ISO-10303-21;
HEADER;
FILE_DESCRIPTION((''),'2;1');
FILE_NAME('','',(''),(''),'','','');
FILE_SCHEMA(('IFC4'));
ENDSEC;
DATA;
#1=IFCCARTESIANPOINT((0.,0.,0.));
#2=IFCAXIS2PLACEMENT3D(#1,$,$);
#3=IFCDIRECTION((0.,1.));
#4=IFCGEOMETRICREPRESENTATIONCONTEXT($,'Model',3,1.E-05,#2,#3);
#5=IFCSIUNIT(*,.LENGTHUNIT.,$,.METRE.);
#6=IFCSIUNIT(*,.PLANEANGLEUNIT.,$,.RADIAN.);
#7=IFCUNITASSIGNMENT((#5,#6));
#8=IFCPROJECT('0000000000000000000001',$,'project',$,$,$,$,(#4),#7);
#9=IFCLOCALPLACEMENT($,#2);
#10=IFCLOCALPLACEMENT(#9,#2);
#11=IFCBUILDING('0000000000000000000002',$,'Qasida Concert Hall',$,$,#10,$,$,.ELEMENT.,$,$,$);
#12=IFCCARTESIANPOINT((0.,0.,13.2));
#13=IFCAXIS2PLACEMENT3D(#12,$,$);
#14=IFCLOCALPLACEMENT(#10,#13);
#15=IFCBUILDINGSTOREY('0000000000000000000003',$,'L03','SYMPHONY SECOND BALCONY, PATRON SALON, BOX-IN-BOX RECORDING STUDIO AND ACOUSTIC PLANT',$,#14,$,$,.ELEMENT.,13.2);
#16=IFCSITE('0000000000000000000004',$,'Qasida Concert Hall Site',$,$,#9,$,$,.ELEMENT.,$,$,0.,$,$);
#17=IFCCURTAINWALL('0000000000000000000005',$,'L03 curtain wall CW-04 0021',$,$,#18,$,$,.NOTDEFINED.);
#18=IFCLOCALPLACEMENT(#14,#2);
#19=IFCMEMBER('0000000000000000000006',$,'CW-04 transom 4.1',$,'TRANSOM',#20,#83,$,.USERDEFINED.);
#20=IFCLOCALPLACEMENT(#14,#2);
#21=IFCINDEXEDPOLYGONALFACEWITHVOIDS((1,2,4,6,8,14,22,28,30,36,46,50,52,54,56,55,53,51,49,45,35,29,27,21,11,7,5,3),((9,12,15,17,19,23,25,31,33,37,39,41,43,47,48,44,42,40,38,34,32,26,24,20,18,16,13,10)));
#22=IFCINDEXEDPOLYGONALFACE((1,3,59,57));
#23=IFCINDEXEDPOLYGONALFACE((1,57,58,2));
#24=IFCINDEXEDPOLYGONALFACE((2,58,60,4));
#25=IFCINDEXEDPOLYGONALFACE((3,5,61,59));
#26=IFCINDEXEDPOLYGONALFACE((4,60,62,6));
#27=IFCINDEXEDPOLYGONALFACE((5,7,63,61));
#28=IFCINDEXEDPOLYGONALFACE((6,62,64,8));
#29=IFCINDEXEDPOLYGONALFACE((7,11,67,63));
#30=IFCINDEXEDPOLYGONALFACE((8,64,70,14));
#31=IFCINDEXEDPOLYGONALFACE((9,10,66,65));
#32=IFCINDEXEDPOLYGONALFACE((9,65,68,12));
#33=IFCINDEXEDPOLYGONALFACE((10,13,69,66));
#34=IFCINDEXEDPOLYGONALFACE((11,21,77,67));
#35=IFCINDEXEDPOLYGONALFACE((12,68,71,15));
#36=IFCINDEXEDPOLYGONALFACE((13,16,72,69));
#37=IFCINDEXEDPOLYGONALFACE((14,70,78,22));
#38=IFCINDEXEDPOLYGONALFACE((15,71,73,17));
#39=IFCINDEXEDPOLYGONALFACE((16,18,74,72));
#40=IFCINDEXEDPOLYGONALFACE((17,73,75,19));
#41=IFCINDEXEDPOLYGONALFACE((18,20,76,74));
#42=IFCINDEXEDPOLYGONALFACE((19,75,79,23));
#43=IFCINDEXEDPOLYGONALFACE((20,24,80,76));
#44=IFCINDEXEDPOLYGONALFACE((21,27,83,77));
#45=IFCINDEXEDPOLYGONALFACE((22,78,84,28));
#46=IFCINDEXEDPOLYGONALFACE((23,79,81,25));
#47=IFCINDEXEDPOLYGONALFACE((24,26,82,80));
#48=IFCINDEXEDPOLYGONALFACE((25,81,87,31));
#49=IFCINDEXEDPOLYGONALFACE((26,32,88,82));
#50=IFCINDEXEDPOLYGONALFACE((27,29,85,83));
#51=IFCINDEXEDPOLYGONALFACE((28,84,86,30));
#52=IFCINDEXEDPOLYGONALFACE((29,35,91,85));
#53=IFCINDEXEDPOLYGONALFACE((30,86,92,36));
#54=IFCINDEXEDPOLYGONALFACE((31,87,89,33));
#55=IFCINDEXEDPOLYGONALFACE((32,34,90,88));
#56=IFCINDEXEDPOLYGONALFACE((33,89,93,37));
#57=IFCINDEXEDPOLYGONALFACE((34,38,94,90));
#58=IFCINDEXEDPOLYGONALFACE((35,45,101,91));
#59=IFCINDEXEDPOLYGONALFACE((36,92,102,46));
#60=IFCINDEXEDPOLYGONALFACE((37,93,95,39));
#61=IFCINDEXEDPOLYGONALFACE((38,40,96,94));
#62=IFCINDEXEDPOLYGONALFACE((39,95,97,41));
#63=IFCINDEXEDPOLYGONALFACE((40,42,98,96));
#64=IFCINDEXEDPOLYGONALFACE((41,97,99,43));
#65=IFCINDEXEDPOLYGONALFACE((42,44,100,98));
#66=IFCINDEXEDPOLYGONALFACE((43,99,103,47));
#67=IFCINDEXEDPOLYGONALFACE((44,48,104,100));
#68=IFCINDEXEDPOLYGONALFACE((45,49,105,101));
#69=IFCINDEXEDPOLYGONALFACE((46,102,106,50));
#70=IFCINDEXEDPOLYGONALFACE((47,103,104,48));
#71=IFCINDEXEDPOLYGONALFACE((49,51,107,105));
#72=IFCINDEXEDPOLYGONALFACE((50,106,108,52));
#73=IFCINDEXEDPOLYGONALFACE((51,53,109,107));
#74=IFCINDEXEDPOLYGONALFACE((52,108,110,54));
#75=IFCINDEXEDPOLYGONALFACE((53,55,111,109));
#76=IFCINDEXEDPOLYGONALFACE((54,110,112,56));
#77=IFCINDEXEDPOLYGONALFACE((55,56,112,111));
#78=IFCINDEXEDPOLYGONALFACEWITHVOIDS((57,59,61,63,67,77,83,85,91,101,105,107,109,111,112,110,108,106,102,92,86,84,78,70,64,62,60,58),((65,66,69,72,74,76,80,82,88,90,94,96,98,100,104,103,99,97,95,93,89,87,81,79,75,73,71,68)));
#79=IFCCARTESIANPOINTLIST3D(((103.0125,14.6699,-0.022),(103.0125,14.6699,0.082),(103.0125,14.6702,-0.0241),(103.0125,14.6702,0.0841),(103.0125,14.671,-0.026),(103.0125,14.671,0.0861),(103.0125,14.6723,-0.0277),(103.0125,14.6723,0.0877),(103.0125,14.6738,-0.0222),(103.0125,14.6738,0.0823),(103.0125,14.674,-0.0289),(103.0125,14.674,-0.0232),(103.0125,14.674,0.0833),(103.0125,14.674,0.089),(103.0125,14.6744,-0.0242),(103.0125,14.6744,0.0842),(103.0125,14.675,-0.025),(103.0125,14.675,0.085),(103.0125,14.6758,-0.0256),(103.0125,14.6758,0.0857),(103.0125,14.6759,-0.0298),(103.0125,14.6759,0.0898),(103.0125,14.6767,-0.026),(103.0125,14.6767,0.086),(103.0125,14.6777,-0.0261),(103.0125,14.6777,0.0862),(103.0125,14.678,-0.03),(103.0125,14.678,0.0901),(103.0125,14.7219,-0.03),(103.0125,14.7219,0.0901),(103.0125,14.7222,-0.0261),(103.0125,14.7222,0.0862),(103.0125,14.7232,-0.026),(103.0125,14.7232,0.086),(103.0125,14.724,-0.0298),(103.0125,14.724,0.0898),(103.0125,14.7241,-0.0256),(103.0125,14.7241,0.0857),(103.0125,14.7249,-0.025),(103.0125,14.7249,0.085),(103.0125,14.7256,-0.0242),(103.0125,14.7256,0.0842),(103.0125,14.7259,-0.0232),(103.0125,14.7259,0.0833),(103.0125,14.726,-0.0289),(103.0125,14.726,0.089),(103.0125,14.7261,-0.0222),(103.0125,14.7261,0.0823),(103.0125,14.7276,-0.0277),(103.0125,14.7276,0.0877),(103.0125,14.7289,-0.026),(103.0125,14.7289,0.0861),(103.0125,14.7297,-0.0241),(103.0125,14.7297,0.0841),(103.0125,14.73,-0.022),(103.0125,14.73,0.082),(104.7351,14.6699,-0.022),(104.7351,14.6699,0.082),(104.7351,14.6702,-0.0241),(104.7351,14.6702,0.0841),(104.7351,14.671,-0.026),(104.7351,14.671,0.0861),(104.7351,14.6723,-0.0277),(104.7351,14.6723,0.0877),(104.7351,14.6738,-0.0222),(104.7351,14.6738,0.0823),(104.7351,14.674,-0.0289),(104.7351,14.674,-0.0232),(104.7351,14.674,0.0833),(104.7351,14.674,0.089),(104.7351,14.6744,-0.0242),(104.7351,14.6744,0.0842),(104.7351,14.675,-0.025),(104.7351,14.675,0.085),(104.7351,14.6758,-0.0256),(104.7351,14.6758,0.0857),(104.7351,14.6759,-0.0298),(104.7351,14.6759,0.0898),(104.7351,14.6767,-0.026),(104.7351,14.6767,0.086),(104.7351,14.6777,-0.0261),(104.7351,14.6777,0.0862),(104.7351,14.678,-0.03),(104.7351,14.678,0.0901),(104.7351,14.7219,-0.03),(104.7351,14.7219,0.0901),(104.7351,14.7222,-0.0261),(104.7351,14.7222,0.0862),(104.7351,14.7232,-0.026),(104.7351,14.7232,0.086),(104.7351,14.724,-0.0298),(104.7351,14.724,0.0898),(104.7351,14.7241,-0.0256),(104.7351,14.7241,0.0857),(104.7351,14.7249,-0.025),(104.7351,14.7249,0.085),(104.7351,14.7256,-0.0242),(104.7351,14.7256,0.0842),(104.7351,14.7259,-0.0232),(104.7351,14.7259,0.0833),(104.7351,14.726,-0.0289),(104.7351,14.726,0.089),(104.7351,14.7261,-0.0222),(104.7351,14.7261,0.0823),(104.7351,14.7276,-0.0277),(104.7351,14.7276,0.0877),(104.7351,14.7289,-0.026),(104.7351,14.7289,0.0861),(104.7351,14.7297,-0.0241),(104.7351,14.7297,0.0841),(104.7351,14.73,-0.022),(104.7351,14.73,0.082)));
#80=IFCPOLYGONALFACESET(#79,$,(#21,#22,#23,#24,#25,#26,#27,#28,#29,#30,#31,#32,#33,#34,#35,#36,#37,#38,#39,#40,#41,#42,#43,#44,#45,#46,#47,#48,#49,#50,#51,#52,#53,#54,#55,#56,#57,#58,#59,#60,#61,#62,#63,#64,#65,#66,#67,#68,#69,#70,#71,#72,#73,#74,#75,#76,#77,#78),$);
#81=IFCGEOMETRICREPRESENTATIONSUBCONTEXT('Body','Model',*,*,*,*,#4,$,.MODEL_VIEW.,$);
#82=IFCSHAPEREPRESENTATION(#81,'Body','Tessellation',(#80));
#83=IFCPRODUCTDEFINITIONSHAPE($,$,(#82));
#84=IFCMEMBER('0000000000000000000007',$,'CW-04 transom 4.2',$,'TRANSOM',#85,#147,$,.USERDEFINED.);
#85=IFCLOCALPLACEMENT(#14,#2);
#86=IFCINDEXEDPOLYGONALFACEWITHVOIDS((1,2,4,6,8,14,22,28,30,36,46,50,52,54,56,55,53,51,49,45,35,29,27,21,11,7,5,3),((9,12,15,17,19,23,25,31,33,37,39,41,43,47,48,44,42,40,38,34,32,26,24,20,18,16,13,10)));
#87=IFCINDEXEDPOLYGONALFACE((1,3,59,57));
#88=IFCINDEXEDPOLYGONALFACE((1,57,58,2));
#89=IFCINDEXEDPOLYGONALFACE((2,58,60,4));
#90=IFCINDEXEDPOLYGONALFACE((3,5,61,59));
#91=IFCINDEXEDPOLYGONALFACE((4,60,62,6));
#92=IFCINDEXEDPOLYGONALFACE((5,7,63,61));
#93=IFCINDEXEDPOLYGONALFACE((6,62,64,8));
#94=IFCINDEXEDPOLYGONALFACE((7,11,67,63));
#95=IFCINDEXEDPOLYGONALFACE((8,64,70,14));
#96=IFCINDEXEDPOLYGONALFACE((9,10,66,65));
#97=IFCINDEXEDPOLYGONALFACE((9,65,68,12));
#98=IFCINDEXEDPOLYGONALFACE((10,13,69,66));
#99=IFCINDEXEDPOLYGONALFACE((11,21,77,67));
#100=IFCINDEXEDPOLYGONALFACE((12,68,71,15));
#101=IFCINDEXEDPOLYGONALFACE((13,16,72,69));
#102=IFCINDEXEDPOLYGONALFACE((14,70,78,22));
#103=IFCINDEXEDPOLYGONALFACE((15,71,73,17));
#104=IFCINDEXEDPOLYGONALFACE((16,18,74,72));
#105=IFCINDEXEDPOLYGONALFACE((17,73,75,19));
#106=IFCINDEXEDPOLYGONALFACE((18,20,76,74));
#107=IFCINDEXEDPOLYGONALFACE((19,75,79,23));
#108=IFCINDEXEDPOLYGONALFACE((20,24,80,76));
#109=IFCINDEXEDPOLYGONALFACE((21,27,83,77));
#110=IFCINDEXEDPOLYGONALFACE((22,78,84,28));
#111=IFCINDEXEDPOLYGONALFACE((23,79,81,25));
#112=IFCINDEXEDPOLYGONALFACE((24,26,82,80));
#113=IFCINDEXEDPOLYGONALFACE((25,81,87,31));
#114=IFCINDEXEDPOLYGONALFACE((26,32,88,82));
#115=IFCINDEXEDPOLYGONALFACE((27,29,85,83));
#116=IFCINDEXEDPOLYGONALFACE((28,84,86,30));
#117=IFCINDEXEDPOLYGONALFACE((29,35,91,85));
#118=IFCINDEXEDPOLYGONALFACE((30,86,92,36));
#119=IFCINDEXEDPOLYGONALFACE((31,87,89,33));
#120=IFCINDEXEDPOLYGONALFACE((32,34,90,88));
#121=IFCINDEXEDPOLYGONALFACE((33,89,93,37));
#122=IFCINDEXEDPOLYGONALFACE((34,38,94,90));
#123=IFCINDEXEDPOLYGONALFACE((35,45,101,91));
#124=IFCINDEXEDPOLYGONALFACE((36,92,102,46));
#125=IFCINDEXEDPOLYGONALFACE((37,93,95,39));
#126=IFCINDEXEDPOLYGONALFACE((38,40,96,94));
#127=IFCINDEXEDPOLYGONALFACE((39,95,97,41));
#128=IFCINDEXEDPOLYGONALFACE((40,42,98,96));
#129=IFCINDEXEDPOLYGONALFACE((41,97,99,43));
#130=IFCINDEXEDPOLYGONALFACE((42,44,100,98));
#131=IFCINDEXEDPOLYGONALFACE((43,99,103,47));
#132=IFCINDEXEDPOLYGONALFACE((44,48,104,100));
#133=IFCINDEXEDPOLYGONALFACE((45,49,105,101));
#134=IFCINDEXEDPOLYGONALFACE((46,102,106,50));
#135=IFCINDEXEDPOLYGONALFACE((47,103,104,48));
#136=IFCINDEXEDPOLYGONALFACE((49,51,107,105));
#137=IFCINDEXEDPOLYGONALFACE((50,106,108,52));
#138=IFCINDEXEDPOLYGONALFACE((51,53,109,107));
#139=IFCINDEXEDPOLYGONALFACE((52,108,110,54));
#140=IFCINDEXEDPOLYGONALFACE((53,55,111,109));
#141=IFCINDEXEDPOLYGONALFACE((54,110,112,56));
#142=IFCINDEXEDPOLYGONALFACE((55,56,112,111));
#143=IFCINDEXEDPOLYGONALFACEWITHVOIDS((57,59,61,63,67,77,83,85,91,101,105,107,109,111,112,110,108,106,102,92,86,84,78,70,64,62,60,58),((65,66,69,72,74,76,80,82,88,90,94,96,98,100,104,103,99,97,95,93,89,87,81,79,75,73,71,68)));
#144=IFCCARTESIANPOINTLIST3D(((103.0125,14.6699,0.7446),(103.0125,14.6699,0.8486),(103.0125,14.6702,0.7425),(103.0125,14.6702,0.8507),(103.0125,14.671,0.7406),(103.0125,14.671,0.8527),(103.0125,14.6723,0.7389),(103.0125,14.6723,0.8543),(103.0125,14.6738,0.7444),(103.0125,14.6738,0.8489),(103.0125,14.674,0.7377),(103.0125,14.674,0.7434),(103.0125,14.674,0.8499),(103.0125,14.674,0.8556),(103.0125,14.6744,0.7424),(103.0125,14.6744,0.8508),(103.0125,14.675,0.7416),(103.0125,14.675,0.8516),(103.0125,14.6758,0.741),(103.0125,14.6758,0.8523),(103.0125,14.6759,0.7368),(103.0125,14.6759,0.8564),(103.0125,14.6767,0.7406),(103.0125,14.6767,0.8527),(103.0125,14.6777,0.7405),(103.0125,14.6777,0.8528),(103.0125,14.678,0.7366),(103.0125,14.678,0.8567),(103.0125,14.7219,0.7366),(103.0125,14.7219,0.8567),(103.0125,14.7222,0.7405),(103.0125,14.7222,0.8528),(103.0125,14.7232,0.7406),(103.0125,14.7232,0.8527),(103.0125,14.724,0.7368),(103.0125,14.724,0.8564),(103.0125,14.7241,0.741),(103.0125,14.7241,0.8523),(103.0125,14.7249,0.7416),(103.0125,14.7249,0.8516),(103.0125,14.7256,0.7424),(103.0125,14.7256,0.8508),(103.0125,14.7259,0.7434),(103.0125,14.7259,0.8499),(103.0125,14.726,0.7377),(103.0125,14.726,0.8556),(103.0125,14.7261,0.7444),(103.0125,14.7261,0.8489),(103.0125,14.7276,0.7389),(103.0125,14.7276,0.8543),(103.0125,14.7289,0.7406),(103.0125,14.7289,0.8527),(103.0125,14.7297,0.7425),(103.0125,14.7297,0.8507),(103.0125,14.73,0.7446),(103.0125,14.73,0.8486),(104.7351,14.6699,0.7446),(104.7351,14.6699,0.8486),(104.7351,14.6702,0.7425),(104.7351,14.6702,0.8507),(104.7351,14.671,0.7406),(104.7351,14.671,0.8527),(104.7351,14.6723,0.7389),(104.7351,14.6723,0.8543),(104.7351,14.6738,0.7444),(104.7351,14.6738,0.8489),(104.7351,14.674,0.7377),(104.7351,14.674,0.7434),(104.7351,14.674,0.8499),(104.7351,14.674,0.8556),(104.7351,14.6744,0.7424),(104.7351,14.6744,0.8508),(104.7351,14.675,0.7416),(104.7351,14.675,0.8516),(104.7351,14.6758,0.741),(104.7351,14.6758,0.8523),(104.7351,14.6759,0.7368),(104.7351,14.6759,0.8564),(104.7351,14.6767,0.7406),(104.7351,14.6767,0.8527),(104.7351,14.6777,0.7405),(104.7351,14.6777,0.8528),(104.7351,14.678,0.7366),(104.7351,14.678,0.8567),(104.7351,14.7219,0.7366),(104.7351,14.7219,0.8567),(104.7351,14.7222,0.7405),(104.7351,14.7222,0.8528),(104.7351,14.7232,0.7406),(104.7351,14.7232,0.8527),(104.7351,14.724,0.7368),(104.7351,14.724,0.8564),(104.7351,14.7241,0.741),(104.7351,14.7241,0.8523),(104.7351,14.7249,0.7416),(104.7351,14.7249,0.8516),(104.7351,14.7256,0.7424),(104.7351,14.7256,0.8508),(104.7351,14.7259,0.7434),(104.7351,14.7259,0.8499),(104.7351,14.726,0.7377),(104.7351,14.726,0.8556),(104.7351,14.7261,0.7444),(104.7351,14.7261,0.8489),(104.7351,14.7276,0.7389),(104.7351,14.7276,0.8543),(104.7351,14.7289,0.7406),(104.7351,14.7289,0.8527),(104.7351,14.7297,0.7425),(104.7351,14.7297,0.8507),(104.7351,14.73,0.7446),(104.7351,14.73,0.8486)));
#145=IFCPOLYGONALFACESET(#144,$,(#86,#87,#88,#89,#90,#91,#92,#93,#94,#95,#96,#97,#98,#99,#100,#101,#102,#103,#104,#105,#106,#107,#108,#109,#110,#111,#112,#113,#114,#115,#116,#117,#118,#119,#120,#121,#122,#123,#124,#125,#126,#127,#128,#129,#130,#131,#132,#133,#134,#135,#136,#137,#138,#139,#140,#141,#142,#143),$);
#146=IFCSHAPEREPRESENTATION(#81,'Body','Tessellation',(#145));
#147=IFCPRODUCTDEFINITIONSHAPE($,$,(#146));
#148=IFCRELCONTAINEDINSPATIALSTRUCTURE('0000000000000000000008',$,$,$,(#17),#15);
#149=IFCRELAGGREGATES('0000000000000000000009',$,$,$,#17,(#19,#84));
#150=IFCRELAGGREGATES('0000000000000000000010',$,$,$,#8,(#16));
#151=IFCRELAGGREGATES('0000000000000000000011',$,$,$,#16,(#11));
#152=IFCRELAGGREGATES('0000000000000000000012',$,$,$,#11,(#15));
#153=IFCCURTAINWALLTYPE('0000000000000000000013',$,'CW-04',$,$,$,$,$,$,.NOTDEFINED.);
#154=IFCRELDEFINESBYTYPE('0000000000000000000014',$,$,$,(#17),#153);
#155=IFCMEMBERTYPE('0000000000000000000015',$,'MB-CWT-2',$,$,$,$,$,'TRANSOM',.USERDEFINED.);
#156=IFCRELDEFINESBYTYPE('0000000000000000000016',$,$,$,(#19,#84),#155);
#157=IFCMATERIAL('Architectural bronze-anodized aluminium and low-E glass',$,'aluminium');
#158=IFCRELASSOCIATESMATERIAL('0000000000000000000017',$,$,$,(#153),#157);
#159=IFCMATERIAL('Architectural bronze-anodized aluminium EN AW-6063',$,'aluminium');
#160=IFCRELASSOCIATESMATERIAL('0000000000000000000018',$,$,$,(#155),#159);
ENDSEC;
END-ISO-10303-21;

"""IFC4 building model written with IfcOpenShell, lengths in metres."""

from ifc_helpers import new_model, si_unit, direction, frame, origin, origin_2d, place, context, subcontext, project, spatial, hollow_rectangle, extrude, material, material_profile, profile_set, type_object, element, aggregate, save


model = new_model("IFC4")

# Units and contexts
model_context = context("Model", 3, precision=1e-05, world=origin(), true_north=direction((0.0, 1.0)))
body_context = subcontext(model_context, "Body", "Model", "MODEL_VIEW")
ifc_project = project(units=[si_unit("LENGTHUNIT", "METRE"), si_unit("PLANEANGLEUNIT", "RADIAN")], contexts=[model_context])

# Site, building, storey
site_placement = place(None, origin())
site = spatial("IfcSite", under=ifc_project, at=site_placement, Name="Qasida Concert Hall Site", CompositionType="ELEMENT", RefElevation=0.0)
building_placement = place(site_placement, origin())
building = spatial("IfcBuilding", under=site, at=building_placement, Name="Qasida Concert Hall", CompositionType="ELEMENT")
storey_placement = place(building_placement, frame((0.0, 0.0, 13.2)))
storey = spatial("IfcBuildingStorey", under=building, at=storey_placement, Name="L03", Description="SYMPHONY SECOND BALCONY, PATRON SALON, BOX-IN-BOX RECORDING STUDIO AND ACOUSTIC PLANT", CompositionType="ELEMENT", Elevation=13.2)

# Curtain wall, members
ifc_material_1 = material(Name="Architectural bronze-anodized aluminium and low-E glass", Category="aluminium")
curtain_wall_type = type_object("IfcCurtainWallType", Name="CW-04", PredefinedType="NOTDEFINED", material=ifc_material_1)
curtain_wall_placement = place(storey_placement, origin())
curtain_wall = element("IfcCurtainWall", 1, at=curtain_wall_placement, inside=storey, type_object=curtain_wall_type, Name="L03 curtain wall CW-04 0021", PredefinedType="NOTDEFINED")
ifc_material_2 = material(Name="Architectural bronze-anodized aluminium EN AW-6063", Category="aluminium")
ifc_material_profile_1 = material_profile(ifc_material_2, hollow_rectangle(XDim=0.0601, YDim=0.1201, WallThickness=0.0039, InnerFilletRadius=0.0039, OuterFilletRadius=0.0081, at=origin_2d()), Name="CWT 120x60x4")
ifc_profile_set_1 = profile_set([ifc_material_profile_1], Name="Architectural bronze-anodized aluminium EN AW-6063")
member_type_1 = type_object("IfcMemberType", Name="MB-CWT-2", ElementType="TRANSOM", PredefinedType="USERDEFINED", material=ifc_profile_set_1)
member_1_placement = place(storey_placement, frame((103.0125, 14.7, 0.03), z_axis=(1.0, 0.0, 0.0), x_axis=(0.0, 1.0, 0.0)))
member_1 = element("IfcMember", 2, at=member_1_placement, type_object=member_type_1, Name="CW-04 transom 4.1", ObjectType="TRANSOM", PredefinedType="USERDEFINED", context=body_context, shape_type="SweptSolid", body=[
    extrude(hollow_rectangle(XDim=0.0601, YDim=0.1201, WallThickness=0.0039, InnerFilletRadius=0.0039, OuterFilletRadius=0.0081, at=origin_2d()), origin(), (0.0, 0.0, 1.0), 1.7227),
])
member_2_placement = place(storey_placement, frame((103.0125, 14.7, 0.7966), z_axis=(1.0, 0.0, 0.0), x_axis=(0.0, 1.0, 0.0)))
member_2 = element("IfcMember", 3, at=member_2_placement, type_object=member_type_1, Name="CW-04 transom 4.2", ObjectType="TRANSOM", PredefinedType="USERDEFINED", context=body_context, shape_type="SweptSolid", body=[
    extrude(hollow_rectangle(XDim=0.0601, YDim=0.1201, WallThickness=0.0039, InnerFilletRadius=0.0039, OuterFilletRadius=0.0081, at=origin_2d()), origin(), (0.0, 0.0, 1.0), 1.7227),
])
aggregate(curtain_wall, [member_1, member_2])

save(model, "model.ifc")
